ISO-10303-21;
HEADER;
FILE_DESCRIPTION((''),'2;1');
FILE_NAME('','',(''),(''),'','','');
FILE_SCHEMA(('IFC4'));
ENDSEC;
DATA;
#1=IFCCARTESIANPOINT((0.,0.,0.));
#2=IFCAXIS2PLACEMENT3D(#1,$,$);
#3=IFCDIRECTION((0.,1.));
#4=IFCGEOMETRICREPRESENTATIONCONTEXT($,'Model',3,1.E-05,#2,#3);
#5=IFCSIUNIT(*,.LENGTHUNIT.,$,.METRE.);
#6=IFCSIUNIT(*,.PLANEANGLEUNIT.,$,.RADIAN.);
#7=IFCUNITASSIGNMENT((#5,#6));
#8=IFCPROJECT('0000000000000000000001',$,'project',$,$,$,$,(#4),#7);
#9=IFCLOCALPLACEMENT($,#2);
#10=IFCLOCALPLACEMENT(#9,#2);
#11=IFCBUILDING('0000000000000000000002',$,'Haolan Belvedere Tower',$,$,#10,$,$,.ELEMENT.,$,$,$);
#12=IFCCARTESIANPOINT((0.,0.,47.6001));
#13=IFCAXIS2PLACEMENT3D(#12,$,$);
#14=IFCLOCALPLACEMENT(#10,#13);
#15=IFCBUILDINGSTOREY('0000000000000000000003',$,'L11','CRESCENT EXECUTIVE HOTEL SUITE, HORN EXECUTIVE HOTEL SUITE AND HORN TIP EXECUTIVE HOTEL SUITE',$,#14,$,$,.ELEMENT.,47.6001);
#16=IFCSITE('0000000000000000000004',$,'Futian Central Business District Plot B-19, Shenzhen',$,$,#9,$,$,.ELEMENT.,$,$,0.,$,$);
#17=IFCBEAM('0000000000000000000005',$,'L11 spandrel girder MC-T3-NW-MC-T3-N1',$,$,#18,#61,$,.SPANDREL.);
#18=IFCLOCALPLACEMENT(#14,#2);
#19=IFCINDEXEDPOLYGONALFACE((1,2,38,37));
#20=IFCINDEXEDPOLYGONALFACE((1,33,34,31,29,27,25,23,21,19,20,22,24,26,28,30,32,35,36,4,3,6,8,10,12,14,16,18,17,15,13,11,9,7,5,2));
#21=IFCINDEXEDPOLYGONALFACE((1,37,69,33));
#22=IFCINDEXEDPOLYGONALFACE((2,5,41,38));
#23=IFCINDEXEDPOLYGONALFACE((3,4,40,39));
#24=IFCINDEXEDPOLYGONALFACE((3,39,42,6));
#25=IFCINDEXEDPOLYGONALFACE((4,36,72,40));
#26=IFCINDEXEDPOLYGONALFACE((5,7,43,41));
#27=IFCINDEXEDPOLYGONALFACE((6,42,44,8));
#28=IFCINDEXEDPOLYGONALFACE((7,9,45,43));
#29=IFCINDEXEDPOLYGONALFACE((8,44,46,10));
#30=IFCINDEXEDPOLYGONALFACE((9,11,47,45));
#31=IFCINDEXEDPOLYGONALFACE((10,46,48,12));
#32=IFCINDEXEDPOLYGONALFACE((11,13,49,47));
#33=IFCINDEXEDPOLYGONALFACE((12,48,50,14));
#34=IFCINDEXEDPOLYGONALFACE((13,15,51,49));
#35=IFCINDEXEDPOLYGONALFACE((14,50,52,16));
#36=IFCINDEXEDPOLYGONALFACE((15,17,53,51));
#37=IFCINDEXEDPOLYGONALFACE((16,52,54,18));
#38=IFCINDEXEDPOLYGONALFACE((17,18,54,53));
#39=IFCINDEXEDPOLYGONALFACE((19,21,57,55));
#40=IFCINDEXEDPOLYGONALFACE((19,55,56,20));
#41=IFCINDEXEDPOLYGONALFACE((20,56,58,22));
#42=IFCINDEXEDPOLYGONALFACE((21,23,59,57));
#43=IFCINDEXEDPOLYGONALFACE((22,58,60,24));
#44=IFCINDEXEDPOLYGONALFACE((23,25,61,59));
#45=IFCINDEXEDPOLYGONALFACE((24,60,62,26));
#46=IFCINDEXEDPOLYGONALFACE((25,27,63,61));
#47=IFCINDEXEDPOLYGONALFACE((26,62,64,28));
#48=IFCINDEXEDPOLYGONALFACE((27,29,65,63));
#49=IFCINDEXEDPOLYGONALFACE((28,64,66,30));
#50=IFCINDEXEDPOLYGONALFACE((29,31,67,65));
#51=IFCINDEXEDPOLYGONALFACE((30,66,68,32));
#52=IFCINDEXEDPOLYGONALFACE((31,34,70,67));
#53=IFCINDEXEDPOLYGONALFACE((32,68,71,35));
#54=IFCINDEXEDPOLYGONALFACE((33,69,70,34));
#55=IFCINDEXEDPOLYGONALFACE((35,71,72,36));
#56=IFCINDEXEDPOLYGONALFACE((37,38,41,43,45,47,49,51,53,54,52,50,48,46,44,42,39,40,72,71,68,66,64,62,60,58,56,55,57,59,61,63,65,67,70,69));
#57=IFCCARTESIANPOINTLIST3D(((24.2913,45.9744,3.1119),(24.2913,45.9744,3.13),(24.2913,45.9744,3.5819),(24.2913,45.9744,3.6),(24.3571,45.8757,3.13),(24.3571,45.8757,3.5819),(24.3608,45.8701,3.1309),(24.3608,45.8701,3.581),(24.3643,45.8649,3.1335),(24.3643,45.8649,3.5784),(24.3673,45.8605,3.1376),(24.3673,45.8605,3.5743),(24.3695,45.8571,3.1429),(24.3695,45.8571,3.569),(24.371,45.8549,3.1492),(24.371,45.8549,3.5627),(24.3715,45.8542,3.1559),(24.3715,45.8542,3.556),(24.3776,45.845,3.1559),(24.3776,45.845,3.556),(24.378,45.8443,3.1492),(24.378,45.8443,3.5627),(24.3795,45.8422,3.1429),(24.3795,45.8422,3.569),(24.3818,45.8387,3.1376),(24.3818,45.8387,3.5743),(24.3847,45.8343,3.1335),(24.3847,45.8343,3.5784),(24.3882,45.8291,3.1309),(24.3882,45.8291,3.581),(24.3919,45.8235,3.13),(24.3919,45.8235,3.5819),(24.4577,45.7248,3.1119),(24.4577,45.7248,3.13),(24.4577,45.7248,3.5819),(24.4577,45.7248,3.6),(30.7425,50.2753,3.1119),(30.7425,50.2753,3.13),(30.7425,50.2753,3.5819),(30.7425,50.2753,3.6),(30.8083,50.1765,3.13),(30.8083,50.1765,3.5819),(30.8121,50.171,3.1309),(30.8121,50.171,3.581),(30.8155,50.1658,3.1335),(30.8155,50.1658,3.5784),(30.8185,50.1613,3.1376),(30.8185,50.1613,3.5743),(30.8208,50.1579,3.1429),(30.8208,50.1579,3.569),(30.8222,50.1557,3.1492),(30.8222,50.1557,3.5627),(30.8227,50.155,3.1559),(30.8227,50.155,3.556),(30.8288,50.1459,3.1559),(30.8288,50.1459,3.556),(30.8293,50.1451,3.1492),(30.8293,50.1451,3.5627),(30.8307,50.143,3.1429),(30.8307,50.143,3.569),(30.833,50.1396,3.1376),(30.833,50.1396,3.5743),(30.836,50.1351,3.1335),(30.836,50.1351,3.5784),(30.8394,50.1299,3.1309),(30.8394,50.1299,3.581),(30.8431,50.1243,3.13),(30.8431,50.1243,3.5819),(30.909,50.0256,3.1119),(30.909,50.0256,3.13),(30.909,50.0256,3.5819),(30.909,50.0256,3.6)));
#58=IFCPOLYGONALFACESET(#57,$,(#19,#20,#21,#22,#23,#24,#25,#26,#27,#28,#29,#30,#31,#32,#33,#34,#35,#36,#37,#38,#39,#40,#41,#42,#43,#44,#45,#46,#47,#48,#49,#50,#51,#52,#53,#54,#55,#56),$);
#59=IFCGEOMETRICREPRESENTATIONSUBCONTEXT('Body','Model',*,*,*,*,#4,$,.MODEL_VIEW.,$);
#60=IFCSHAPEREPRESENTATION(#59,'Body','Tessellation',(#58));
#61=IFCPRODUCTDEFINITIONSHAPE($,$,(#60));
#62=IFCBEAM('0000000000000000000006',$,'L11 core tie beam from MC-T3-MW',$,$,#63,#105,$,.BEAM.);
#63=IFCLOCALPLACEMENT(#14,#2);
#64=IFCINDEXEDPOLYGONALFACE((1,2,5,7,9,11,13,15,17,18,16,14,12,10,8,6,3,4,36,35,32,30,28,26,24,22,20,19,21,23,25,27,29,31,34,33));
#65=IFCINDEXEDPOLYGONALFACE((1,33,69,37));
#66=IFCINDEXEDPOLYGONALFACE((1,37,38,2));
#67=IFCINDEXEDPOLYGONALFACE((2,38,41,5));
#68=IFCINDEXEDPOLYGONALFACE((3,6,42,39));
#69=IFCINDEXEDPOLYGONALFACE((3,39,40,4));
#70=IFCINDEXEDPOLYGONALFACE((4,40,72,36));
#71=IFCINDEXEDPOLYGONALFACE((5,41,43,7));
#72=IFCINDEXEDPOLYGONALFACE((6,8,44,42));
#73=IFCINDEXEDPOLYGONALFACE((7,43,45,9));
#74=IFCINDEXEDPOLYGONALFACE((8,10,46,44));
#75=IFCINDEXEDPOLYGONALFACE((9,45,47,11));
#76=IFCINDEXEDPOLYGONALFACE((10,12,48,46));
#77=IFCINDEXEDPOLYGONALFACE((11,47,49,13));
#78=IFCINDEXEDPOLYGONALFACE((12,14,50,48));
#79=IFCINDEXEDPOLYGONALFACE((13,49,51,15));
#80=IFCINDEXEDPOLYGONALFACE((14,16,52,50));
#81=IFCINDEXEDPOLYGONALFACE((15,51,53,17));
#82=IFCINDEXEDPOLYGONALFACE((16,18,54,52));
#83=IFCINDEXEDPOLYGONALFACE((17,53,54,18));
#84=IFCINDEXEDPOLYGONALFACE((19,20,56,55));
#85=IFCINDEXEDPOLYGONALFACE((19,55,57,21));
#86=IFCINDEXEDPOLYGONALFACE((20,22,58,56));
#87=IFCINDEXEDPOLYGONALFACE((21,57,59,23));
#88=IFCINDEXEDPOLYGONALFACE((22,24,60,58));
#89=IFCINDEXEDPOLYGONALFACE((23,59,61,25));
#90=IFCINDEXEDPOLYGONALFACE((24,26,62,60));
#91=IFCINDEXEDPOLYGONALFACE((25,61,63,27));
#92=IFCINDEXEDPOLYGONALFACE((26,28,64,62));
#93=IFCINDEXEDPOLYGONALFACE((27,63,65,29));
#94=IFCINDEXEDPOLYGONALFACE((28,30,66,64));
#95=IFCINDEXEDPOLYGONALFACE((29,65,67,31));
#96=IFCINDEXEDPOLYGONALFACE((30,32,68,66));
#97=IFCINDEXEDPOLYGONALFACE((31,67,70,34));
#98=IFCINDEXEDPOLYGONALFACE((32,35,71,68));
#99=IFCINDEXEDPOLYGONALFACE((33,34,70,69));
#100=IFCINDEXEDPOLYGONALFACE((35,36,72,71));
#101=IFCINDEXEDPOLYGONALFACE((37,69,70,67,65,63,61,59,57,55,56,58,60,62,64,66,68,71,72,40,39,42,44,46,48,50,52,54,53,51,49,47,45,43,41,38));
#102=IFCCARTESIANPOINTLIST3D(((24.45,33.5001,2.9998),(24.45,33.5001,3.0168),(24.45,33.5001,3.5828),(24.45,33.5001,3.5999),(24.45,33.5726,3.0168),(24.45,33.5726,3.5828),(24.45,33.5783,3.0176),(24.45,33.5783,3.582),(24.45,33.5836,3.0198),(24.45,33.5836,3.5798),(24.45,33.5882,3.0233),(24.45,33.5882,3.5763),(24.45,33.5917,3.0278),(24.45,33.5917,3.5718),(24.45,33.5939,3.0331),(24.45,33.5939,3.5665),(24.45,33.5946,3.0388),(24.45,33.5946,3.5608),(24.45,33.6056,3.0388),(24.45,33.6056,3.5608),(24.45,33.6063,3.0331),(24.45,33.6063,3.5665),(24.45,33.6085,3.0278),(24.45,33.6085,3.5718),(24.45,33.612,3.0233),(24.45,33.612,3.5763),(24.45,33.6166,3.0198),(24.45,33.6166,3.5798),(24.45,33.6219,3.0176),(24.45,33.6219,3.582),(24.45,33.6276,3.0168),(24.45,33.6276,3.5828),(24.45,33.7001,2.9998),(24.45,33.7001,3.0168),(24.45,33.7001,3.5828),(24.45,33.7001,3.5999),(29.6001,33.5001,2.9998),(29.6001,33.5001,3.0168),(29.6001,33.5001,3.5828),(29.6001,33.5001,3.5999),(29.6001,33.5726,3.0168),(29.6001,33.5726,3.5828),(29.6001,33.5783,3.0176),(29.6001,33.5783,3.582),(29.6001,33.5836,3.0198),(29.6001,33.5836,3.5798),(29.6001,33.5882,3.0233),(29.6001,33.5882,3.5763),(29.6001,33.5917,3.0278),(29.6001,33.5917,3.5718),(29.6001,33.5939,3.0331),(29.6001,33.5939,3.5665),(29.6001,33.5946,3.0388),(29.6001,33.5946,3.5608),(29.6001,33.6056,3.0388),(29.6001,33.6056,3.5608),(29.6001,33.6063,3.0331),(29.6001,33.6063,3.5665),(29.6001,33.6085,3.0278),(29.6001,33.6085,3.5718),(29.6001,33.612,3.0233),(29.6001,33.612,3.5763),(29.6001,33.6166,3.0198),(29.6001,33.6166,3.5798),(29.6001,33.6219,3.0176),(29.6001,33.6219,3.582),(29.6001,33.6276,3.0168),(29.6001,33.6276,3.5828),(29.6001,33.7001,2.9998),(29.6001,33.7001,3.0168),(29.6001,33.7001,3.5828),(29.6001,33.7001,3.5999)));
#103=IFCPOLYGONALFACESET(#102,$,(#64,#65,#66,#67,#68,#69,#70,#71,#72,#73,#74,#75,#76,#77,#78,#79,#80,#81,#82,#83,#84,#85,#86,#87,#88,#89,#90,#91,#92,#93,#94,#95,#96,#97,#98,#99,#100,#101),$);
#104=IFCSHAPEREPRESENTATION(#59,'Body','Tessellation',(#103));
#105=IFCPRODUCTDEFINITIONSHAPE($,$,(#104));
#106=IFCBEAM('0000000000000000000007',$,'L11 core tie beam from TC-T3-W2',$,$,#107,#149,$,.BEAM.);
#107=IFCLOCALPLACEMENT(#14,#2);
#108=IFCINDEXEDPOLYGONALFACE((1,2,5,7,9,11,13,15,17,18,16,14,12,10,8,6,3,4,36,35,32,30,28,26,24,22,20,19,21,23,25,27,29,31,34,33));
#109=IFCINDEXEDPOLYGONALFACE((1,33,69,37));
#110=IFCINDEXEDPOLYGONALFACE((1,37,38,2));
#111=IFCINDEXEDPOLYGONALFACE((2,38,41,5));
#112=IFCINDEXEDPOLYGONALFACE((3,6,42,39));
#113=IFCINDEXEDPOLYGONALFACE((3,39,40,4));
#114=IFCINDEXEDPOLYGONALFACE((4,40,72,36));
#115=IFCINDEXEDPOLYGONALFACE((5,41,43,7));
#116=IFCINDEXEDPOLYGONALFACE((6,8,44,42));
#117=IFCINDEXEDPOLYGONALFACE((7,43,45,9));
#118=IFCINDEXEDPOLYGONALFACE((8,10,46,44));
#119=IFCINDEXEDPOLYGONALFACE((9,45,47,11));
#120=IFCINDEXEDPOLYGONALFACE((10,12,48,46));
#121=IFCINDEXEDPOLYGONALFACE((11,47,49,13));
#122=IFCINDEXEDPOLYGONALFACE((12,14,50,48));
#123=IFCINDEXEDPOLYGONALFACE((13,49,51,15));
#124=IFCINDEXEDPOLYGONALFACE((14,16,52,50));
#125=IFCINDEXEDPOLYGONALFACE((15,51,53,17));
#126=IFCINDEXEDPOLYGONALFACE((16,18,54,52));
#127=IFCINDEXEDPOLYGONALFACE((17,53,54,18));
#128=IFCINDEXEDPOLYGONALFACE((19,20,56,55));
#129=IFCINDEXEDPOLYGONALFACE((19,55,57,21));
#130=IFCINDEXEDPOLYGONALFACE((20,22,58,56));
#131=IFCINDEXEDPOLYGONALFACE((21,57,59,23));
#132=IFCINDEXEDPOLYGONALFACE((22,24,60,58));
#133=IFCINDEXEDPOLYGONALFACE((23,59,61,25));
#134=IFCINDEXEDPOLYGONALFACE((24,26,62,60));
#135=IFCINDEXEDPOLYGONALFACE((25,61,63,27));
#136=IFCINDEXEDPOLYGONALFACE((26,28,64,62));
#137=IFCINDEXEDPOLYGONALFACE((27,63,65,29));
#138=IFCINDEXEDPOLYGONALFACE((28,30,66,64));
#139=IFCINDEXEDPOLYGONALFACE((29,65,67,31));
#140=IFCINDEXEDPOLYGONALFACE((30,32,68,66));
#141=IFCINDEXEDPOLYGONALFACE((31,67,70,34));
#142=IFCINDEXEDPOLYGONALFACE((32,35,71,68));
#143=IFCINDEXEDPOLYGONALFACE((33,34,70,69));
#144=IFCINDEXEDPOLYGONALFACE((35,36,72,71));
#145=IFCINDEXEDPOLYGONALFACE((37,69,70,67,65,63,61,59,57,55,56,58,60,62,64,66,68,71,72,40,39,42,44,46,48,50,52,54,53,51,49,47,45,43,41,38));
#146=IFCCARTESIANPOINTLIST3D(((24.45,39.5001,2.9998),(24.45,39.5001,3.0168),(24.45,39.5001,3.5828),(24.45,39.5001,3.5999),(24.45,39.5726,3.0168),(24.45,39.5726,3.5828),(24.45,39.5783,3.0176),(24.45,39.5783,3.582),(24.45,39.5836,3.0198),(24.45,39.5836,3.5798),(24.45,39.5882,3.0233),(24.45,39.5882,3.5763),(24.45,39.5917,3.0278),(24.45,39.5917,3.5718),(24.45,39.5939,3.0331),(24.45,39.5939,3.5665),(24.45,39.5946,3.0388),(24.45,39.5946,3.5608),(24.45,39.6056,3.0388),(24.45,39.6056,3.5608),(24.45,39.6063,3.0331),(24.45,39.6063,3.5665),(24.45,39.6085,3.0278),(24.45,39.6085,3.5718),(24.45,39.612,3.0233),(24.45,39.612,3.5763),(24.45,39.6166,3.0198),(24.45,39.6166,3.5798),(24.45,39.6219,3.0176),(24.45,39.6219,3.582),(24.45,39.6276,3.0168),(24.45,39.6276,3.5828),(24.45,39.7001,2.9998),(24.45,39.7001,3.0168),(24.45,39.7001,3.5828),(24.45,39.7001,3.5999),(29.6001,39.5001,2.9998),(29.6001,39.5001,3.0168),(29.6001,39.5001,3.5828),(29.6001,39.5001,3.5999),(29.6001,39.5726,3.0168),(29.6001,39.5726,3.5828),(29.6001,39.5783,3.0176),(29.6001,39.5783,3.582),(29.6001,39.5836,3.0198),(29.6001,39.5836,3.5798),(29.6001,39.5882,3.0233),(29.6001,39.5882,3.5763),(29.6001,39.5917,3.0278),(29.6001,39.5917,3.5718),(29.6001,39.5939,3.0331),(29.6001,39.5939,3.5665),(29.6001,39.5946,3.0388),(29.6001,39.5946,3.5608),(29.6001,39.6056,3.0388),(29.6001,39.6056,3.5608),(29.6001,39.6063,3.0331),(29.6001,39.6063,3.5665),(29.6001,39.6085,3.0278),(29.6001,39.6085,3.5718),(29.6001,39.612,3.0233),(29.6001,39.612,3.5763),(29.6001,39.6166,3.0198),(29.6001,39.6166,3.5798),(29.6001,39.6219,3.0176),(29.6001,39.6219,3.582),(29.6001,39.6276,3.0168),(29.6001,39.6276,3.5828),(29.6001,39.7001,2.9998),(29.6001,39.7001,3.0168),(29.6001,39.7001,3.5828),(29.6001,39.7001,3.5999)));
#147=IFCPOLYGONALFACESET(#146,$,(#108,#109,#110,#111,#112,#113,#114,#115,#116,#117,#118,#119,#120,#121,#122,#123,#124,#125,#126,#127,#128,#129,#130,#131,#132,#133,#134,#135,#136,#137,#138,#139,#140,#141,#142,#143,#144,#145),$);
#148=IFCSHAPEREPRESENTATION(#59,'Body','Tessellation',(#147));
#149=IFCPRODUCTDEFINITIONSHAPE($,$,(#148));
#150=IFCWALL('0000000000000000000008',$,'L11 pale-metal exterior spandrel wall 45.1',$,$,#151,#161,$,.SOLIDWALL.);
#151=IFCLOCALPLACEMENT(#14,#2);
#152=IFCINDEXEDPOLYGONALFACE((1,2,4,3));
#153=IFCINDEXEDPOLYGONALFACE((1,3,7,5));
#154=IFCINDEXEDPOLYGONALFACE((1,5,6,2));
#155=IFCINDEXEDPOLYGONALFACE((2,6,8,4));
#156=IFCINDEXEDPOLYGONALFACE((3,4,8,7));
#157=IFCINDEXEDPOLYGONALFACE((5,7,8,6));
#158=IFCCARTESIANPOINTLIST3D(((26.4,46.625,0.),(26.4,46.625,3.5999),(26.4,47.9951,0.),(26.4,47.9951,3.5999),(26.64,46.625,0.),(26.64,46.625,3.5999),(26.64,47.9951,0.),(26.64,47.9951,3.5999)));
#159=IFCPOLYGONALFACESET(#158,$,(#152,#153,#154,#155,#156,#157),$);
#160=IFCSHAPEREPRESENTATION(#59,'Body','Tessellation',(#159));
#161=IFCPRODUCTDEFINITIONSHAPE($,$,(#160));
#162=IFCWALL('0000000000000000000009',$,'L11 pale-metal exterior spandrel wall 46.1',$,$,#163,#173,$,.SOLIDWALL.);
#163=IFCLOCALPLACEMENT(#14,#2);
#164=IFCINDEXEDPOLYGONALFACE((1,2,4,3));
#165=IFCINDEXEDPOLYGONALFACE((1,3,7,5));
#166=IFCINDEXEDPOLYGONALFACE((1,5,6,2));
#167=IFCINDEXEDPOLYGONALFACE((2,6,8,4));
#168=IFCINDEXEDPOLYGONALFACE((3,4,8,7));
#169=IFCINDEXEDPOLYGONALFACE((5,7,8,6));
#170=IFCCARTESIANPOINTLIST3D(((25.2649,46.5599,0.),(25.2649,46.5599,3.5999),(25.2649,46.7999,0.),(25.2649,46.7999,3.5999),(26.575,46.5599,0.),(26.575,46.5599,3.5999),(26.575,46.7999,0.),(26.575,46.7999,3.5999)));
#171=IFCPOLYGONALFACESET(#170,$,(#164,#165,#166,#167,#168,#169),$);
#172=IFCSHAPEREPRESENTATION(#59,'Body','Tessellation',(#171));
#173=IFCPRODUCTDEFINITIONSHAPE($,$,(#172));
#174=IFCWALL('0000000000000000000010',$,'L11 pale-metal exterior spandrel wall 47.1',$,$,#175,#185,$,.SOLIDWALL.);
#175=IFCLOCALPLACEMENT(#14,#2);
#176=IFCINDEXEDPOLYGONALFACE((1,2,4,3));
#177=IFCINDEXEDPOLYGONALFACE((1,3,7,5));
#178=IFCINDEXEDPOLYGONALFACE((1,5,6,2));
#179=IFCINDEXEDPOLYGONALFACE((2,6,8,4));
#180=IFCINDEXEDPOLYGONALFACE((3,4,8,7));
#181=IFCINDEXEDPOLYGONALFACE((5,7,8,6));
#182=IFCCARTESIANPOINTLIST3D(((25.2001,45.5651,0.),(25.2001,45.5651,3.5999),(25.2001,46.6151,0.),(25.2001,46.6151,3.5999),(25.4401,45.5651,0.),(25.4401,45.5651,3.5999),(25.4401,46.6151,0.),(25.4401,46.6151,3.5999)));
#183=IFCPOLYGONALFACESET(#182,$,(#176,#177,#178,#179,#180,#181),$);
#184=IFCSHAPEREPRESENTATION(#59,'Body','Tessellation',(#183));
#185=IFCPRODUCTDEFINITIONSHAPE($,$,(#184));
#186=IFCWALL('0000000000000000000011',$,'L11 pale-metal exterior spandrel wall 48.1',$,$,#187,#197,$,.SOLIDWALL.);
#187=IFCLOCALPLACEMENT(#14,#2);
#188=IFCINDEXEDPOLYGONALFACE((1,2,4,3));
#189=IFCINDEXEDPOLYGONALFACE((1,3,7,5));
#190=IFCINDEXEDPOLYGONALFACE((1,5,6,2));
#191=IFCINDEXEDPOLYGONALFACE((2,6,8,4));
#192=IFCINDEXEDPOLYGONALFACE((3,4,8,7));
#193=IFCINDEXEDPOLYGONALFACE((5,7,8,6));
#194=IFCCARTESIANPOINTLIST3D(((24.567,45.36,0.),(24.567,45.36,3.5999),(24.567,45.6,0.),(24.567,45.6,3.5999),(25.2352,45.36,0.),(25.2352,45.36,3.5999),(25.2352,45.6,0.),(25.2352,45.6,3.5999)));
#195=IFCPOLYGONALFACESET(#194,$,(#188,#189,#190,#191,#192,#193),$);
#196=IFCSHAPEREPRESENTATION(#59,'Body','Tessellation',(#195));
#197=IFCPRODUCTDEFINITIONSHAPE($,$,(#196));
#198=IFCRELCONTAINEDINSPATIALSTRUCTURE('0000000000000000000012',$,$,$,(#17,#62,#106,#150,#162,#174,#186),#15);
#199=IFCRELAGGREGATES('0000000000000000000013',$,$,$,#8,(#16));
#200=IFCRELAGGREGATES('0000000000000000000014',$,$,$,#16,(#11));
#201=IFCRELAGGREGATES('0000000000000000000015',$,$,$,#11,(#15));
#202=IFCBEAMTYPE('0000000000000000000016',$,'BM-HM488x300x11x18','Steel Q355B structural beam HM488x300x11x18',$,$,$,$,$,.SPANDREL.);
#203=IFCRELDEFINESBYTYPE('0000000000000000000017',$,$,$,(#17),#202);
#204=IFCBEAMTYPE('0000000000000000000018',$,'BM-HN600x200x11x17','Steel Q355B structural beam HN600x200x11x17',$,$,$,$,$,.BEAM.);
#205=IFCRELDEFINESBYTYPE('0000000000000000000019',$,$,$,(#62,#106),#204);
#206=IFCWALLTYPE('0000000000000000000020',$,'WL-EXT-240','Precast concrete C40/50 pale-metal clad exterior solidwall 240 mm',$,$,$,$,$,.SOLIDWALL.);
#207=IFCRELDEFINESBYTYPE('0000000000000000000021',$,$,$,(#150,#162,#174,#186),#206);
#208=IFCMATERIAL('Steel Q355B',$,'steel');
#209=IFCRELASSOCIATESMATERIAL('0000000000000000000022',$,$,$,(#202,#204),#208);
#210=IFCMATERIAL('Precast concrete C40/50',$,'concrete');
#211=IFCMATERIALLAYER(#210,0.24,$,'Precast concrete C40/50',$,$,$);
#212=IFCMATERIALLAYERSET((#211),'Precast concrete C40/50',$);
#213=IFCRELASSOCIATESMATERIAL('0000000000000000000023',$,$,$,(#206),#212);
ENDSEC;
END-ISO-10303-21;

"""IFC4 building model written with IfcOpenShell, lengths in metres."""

from ifc_helpers import new_model, si_unit, direction, frame, frame_2d, origin, origin_2d, place, context, subcontext, project, spatial, rectangle, i_section, extrude, material, layer, layer_set, material_profile, profile_set, type_object, element, save


model = new_model("IFC4")

# Units and contexts
model_context = context("Model", 3, precision=1e-05, world=origin(), true_north=direction((0.0, 1.0)))
body_context = subcontext(model_context, "Body", "Model", "MODEL_VIEW")
ifc_project = project(units=[si_unit("LENGTHUNIT", "METRE"), si_unit("PLANEANGLEUNIT", "RADIAN")], contexts=[model_context])

# Site, building, storey
site_placement = place(None, origin())
site = spatial("IfcSite", under=ifc_project, at=site_placement, Name="Futian Central Business District Plot B-19, Shenzhen", CompositionType="ELEMENT", RefElevation=0.0)
building_placement = place(site_placement, origin())
building = spatial("IfcBuilding", under=site, at=building_placement, Name="Haolan Belvedere Tower", CompositionType="ELEMENT")
storey_placement = place(building_placement, frame((0.0, 0.0, 47.6001)))
storey = spatial("IfcBuildingStorey", under=building, at=storey_placement, Name="L11", Description="CRESCENT EXECUTIVE HOTEL SUITE, HORN EXECUTIVE HOTEL SUITE AND HORN TIP EXECUTIVE HOTEL SUITE", CompositionType="ELEMENT", Elevation=47.6001)

# Shared definitions
ifc_material_1 = material(Name="Steel Q355B", Category="steel")

# Beams
ifc_material_profile_1 = material_profile(ifc_material_1, i_section(OverallWidth=0.3, OverallDepth=0.488, WebThickness=0.011, FlangeThickness=0.0181, FilletRadius=0.0259, at=origin_2d()), Name="Steel Q355B")
ifc_profile_set_1 = profile_set([ifc_material_profile_1], Name="Steel Q355B")
beam_type_1 = type_object("IfcBeamType", Name="BM-HM488x300x11x18", Description="Steel Q355B structural beam HM488x300x11x18", PredefinedType="SPANDREL", material=ifc_profile_set_1)
beam_placement = place(storey_placement, frame((24.3745, 45.8496, 3.356), z_axis=(0.83205, 0.5547, 0.0), x_axis=(-0.5547, 0.83205, 0.0)))
element("IfcBeam", 1, at=beam_placement, inside=storey, type_object=beam_type_1, Name="L11 spandrel girder MC-T3-NW-MC-T3-N1", PredefinedType="SPANDREL", context=body_context, shape_type="SweptSolid", body=[
    extrude(i_section(OverallWidth=0.3, OverallDepth=0.488, WebThickness=0.011, FlangeThickness=0.0181, FilletRadius=0.0259, at=origin_2d()), origin(), (0.0, 0.0, 1.0), 7.7534),
])
ifc_material_profile_2 = material_profile(ifc_material_1, i_section(OverallWidth=0.2, OverallDepth=0.6001, WebThickness=0.011, FlangeThickness=0.0171, FilletRadius=0.022, at=origin_2d()), Name="Steel Q355B")
ifc_profile_set_2 = profile_set([ifc_material_profile_2], Name="Steel Q355B")
beam_type_2 = type_object("IfcBeamType", Name="BM-HN600x200x11x17", Description="Steel Q355B structural beam HN600x200x11x17", PredefinedType="BEAM", material=ifc_profile_set_2)
for number, where, z_axis, x_axis, name in (
    (2, (24.45, 33.6001, 3.2998), (1.0, 0.0, 0.0), (0.0, 1.0, 0.0), "L11 core tie beam from MC-T3-MW"),
    (3, (24.45, 39.6001, 3.2998), (1.0, 0.0, 0.0), (0.0, 1.0, 0.0), "L11 core tie beam from TC-T3-W2"),
):
    element("IfcBeam", number, at=place(storey_placement, frame(where, z_axis=z_axis, x_axis=x_axis)), inside=storey, type_object=beam_type_2, Name=name, PredefinedType="BEAM", context=body_context, shape_type="SweptSolid", body=[
        extrude(i_section(OverallWidth=0.2, OverallDepth=0.6001, WebThickness=0.011, FlangeThickness=0.0171, FilletRadius=0.022, at=origin_2d()), origin(), (0.0, 0.0, 1.0), 5.1501),
    ])

# Walls
ifc_material_2 = material(Name="Precast concrete C40/50", Category="concrete")
ifc_layer_1 = layer(ifc_material_2, 0.24, Name="Precast concrete C40/50")
ifc_layer_set_1 = layer_set([ifc_layer_1], Name="Precast concrete C40/50")
wall_type_1 = type_object("IfcWallType", Name="WL-EXT-240", Description="Precast concrete C40/50 pale-metal clad exterior solidwall 240 mm", PredefinedType="SOLIDWALL", material=ifc_layer_set_1)
wall_1_placement = place(storey_placement, frame((26.52, 47.9951, 0.0), z_axis=(0.0, 0.0, 1.0), x_axis=(0.0, -1.0, 0.0)))
element("IfcWall", 4, at=wall_1_placement, inside=storey, type_object=wall_type_1, Name="L11 pale-metal exterior spandrel wall 45.1", PredefinedType="SOLIDWALL", context=body_context, shape_type="SweptSolid", body=[
    extrude(rectangle(XDim=1.3701, YDim=0.24, at=frame_2d((0.6851, 0.0))), origin(), (0.0, 0.0, 1.0), 3.5999),
])
wall_2_placement = place(storey_placement, frame((26.575, 46.6799, 0.0), z_axis=(0.0, 0.0, 1.0), x_axis=(-1.0, 0.0, 0.0)))
element("IfcWall", 5, at=wall_2_placement, inside=storey, type_object=wall_type_1, Name="L11 pale-metal exterior spandrel wall 46.1", PredefinedType="SOLIDWALL", context=body_context, shape_type="SweptSolid", body=[
    extrude(rectangle(XDim=1.3101, YDim=0.24, at=frame_2d((0.655, 0.0))), origin(), (0.0, 0.0, 1.0), 3.5999),
])
wall_3_placement = place(storey_placement, frame((25.3201, 46.615, 0.0), z_axis=(0.0, 0.0, 1.0), x_axis=(0.0, -1.0, 0.0)))
element("IfcWall", 6, at=wall_3_placement, inside=storey, type_object=wall_type_1, Name="L11 pale-metal exterior spandrel wall 47.1", PredefinedType="SOLIDWALL", context=body_context, shape_type="SweptSolid", body=[
    extrude(rectangle(XDim=1.05, YDim=0.24, at=frame_2d((0.5249, 0.0))), origin(), (0.0, 0.0, 1.0), 3.5999),
])
wall_4_placement = place(storey_placement, frame((25.2351, 45.48, 0.0), z_axis=(0.0, 0.0, 1.0), x_axis=(-1.0, 0.0, 0.0)))
element("IfcWall", 7, at=wall_4_placement, inside=storey, type_object=wall_type_1, Name="L11 pale-metal exterior spandrel wall 48.1", PredefinedType="SOLIDWALL", context=body_context, shape_type="SweptSolid", body=[
    extrude(rectangle(XDim=0.6682, YDim=0.24, at=frame_2d((0.334, 0.0))), origin(), (0.0, 0.0, 1.0), 3.5999),
])

save(model, "model.ifc")
